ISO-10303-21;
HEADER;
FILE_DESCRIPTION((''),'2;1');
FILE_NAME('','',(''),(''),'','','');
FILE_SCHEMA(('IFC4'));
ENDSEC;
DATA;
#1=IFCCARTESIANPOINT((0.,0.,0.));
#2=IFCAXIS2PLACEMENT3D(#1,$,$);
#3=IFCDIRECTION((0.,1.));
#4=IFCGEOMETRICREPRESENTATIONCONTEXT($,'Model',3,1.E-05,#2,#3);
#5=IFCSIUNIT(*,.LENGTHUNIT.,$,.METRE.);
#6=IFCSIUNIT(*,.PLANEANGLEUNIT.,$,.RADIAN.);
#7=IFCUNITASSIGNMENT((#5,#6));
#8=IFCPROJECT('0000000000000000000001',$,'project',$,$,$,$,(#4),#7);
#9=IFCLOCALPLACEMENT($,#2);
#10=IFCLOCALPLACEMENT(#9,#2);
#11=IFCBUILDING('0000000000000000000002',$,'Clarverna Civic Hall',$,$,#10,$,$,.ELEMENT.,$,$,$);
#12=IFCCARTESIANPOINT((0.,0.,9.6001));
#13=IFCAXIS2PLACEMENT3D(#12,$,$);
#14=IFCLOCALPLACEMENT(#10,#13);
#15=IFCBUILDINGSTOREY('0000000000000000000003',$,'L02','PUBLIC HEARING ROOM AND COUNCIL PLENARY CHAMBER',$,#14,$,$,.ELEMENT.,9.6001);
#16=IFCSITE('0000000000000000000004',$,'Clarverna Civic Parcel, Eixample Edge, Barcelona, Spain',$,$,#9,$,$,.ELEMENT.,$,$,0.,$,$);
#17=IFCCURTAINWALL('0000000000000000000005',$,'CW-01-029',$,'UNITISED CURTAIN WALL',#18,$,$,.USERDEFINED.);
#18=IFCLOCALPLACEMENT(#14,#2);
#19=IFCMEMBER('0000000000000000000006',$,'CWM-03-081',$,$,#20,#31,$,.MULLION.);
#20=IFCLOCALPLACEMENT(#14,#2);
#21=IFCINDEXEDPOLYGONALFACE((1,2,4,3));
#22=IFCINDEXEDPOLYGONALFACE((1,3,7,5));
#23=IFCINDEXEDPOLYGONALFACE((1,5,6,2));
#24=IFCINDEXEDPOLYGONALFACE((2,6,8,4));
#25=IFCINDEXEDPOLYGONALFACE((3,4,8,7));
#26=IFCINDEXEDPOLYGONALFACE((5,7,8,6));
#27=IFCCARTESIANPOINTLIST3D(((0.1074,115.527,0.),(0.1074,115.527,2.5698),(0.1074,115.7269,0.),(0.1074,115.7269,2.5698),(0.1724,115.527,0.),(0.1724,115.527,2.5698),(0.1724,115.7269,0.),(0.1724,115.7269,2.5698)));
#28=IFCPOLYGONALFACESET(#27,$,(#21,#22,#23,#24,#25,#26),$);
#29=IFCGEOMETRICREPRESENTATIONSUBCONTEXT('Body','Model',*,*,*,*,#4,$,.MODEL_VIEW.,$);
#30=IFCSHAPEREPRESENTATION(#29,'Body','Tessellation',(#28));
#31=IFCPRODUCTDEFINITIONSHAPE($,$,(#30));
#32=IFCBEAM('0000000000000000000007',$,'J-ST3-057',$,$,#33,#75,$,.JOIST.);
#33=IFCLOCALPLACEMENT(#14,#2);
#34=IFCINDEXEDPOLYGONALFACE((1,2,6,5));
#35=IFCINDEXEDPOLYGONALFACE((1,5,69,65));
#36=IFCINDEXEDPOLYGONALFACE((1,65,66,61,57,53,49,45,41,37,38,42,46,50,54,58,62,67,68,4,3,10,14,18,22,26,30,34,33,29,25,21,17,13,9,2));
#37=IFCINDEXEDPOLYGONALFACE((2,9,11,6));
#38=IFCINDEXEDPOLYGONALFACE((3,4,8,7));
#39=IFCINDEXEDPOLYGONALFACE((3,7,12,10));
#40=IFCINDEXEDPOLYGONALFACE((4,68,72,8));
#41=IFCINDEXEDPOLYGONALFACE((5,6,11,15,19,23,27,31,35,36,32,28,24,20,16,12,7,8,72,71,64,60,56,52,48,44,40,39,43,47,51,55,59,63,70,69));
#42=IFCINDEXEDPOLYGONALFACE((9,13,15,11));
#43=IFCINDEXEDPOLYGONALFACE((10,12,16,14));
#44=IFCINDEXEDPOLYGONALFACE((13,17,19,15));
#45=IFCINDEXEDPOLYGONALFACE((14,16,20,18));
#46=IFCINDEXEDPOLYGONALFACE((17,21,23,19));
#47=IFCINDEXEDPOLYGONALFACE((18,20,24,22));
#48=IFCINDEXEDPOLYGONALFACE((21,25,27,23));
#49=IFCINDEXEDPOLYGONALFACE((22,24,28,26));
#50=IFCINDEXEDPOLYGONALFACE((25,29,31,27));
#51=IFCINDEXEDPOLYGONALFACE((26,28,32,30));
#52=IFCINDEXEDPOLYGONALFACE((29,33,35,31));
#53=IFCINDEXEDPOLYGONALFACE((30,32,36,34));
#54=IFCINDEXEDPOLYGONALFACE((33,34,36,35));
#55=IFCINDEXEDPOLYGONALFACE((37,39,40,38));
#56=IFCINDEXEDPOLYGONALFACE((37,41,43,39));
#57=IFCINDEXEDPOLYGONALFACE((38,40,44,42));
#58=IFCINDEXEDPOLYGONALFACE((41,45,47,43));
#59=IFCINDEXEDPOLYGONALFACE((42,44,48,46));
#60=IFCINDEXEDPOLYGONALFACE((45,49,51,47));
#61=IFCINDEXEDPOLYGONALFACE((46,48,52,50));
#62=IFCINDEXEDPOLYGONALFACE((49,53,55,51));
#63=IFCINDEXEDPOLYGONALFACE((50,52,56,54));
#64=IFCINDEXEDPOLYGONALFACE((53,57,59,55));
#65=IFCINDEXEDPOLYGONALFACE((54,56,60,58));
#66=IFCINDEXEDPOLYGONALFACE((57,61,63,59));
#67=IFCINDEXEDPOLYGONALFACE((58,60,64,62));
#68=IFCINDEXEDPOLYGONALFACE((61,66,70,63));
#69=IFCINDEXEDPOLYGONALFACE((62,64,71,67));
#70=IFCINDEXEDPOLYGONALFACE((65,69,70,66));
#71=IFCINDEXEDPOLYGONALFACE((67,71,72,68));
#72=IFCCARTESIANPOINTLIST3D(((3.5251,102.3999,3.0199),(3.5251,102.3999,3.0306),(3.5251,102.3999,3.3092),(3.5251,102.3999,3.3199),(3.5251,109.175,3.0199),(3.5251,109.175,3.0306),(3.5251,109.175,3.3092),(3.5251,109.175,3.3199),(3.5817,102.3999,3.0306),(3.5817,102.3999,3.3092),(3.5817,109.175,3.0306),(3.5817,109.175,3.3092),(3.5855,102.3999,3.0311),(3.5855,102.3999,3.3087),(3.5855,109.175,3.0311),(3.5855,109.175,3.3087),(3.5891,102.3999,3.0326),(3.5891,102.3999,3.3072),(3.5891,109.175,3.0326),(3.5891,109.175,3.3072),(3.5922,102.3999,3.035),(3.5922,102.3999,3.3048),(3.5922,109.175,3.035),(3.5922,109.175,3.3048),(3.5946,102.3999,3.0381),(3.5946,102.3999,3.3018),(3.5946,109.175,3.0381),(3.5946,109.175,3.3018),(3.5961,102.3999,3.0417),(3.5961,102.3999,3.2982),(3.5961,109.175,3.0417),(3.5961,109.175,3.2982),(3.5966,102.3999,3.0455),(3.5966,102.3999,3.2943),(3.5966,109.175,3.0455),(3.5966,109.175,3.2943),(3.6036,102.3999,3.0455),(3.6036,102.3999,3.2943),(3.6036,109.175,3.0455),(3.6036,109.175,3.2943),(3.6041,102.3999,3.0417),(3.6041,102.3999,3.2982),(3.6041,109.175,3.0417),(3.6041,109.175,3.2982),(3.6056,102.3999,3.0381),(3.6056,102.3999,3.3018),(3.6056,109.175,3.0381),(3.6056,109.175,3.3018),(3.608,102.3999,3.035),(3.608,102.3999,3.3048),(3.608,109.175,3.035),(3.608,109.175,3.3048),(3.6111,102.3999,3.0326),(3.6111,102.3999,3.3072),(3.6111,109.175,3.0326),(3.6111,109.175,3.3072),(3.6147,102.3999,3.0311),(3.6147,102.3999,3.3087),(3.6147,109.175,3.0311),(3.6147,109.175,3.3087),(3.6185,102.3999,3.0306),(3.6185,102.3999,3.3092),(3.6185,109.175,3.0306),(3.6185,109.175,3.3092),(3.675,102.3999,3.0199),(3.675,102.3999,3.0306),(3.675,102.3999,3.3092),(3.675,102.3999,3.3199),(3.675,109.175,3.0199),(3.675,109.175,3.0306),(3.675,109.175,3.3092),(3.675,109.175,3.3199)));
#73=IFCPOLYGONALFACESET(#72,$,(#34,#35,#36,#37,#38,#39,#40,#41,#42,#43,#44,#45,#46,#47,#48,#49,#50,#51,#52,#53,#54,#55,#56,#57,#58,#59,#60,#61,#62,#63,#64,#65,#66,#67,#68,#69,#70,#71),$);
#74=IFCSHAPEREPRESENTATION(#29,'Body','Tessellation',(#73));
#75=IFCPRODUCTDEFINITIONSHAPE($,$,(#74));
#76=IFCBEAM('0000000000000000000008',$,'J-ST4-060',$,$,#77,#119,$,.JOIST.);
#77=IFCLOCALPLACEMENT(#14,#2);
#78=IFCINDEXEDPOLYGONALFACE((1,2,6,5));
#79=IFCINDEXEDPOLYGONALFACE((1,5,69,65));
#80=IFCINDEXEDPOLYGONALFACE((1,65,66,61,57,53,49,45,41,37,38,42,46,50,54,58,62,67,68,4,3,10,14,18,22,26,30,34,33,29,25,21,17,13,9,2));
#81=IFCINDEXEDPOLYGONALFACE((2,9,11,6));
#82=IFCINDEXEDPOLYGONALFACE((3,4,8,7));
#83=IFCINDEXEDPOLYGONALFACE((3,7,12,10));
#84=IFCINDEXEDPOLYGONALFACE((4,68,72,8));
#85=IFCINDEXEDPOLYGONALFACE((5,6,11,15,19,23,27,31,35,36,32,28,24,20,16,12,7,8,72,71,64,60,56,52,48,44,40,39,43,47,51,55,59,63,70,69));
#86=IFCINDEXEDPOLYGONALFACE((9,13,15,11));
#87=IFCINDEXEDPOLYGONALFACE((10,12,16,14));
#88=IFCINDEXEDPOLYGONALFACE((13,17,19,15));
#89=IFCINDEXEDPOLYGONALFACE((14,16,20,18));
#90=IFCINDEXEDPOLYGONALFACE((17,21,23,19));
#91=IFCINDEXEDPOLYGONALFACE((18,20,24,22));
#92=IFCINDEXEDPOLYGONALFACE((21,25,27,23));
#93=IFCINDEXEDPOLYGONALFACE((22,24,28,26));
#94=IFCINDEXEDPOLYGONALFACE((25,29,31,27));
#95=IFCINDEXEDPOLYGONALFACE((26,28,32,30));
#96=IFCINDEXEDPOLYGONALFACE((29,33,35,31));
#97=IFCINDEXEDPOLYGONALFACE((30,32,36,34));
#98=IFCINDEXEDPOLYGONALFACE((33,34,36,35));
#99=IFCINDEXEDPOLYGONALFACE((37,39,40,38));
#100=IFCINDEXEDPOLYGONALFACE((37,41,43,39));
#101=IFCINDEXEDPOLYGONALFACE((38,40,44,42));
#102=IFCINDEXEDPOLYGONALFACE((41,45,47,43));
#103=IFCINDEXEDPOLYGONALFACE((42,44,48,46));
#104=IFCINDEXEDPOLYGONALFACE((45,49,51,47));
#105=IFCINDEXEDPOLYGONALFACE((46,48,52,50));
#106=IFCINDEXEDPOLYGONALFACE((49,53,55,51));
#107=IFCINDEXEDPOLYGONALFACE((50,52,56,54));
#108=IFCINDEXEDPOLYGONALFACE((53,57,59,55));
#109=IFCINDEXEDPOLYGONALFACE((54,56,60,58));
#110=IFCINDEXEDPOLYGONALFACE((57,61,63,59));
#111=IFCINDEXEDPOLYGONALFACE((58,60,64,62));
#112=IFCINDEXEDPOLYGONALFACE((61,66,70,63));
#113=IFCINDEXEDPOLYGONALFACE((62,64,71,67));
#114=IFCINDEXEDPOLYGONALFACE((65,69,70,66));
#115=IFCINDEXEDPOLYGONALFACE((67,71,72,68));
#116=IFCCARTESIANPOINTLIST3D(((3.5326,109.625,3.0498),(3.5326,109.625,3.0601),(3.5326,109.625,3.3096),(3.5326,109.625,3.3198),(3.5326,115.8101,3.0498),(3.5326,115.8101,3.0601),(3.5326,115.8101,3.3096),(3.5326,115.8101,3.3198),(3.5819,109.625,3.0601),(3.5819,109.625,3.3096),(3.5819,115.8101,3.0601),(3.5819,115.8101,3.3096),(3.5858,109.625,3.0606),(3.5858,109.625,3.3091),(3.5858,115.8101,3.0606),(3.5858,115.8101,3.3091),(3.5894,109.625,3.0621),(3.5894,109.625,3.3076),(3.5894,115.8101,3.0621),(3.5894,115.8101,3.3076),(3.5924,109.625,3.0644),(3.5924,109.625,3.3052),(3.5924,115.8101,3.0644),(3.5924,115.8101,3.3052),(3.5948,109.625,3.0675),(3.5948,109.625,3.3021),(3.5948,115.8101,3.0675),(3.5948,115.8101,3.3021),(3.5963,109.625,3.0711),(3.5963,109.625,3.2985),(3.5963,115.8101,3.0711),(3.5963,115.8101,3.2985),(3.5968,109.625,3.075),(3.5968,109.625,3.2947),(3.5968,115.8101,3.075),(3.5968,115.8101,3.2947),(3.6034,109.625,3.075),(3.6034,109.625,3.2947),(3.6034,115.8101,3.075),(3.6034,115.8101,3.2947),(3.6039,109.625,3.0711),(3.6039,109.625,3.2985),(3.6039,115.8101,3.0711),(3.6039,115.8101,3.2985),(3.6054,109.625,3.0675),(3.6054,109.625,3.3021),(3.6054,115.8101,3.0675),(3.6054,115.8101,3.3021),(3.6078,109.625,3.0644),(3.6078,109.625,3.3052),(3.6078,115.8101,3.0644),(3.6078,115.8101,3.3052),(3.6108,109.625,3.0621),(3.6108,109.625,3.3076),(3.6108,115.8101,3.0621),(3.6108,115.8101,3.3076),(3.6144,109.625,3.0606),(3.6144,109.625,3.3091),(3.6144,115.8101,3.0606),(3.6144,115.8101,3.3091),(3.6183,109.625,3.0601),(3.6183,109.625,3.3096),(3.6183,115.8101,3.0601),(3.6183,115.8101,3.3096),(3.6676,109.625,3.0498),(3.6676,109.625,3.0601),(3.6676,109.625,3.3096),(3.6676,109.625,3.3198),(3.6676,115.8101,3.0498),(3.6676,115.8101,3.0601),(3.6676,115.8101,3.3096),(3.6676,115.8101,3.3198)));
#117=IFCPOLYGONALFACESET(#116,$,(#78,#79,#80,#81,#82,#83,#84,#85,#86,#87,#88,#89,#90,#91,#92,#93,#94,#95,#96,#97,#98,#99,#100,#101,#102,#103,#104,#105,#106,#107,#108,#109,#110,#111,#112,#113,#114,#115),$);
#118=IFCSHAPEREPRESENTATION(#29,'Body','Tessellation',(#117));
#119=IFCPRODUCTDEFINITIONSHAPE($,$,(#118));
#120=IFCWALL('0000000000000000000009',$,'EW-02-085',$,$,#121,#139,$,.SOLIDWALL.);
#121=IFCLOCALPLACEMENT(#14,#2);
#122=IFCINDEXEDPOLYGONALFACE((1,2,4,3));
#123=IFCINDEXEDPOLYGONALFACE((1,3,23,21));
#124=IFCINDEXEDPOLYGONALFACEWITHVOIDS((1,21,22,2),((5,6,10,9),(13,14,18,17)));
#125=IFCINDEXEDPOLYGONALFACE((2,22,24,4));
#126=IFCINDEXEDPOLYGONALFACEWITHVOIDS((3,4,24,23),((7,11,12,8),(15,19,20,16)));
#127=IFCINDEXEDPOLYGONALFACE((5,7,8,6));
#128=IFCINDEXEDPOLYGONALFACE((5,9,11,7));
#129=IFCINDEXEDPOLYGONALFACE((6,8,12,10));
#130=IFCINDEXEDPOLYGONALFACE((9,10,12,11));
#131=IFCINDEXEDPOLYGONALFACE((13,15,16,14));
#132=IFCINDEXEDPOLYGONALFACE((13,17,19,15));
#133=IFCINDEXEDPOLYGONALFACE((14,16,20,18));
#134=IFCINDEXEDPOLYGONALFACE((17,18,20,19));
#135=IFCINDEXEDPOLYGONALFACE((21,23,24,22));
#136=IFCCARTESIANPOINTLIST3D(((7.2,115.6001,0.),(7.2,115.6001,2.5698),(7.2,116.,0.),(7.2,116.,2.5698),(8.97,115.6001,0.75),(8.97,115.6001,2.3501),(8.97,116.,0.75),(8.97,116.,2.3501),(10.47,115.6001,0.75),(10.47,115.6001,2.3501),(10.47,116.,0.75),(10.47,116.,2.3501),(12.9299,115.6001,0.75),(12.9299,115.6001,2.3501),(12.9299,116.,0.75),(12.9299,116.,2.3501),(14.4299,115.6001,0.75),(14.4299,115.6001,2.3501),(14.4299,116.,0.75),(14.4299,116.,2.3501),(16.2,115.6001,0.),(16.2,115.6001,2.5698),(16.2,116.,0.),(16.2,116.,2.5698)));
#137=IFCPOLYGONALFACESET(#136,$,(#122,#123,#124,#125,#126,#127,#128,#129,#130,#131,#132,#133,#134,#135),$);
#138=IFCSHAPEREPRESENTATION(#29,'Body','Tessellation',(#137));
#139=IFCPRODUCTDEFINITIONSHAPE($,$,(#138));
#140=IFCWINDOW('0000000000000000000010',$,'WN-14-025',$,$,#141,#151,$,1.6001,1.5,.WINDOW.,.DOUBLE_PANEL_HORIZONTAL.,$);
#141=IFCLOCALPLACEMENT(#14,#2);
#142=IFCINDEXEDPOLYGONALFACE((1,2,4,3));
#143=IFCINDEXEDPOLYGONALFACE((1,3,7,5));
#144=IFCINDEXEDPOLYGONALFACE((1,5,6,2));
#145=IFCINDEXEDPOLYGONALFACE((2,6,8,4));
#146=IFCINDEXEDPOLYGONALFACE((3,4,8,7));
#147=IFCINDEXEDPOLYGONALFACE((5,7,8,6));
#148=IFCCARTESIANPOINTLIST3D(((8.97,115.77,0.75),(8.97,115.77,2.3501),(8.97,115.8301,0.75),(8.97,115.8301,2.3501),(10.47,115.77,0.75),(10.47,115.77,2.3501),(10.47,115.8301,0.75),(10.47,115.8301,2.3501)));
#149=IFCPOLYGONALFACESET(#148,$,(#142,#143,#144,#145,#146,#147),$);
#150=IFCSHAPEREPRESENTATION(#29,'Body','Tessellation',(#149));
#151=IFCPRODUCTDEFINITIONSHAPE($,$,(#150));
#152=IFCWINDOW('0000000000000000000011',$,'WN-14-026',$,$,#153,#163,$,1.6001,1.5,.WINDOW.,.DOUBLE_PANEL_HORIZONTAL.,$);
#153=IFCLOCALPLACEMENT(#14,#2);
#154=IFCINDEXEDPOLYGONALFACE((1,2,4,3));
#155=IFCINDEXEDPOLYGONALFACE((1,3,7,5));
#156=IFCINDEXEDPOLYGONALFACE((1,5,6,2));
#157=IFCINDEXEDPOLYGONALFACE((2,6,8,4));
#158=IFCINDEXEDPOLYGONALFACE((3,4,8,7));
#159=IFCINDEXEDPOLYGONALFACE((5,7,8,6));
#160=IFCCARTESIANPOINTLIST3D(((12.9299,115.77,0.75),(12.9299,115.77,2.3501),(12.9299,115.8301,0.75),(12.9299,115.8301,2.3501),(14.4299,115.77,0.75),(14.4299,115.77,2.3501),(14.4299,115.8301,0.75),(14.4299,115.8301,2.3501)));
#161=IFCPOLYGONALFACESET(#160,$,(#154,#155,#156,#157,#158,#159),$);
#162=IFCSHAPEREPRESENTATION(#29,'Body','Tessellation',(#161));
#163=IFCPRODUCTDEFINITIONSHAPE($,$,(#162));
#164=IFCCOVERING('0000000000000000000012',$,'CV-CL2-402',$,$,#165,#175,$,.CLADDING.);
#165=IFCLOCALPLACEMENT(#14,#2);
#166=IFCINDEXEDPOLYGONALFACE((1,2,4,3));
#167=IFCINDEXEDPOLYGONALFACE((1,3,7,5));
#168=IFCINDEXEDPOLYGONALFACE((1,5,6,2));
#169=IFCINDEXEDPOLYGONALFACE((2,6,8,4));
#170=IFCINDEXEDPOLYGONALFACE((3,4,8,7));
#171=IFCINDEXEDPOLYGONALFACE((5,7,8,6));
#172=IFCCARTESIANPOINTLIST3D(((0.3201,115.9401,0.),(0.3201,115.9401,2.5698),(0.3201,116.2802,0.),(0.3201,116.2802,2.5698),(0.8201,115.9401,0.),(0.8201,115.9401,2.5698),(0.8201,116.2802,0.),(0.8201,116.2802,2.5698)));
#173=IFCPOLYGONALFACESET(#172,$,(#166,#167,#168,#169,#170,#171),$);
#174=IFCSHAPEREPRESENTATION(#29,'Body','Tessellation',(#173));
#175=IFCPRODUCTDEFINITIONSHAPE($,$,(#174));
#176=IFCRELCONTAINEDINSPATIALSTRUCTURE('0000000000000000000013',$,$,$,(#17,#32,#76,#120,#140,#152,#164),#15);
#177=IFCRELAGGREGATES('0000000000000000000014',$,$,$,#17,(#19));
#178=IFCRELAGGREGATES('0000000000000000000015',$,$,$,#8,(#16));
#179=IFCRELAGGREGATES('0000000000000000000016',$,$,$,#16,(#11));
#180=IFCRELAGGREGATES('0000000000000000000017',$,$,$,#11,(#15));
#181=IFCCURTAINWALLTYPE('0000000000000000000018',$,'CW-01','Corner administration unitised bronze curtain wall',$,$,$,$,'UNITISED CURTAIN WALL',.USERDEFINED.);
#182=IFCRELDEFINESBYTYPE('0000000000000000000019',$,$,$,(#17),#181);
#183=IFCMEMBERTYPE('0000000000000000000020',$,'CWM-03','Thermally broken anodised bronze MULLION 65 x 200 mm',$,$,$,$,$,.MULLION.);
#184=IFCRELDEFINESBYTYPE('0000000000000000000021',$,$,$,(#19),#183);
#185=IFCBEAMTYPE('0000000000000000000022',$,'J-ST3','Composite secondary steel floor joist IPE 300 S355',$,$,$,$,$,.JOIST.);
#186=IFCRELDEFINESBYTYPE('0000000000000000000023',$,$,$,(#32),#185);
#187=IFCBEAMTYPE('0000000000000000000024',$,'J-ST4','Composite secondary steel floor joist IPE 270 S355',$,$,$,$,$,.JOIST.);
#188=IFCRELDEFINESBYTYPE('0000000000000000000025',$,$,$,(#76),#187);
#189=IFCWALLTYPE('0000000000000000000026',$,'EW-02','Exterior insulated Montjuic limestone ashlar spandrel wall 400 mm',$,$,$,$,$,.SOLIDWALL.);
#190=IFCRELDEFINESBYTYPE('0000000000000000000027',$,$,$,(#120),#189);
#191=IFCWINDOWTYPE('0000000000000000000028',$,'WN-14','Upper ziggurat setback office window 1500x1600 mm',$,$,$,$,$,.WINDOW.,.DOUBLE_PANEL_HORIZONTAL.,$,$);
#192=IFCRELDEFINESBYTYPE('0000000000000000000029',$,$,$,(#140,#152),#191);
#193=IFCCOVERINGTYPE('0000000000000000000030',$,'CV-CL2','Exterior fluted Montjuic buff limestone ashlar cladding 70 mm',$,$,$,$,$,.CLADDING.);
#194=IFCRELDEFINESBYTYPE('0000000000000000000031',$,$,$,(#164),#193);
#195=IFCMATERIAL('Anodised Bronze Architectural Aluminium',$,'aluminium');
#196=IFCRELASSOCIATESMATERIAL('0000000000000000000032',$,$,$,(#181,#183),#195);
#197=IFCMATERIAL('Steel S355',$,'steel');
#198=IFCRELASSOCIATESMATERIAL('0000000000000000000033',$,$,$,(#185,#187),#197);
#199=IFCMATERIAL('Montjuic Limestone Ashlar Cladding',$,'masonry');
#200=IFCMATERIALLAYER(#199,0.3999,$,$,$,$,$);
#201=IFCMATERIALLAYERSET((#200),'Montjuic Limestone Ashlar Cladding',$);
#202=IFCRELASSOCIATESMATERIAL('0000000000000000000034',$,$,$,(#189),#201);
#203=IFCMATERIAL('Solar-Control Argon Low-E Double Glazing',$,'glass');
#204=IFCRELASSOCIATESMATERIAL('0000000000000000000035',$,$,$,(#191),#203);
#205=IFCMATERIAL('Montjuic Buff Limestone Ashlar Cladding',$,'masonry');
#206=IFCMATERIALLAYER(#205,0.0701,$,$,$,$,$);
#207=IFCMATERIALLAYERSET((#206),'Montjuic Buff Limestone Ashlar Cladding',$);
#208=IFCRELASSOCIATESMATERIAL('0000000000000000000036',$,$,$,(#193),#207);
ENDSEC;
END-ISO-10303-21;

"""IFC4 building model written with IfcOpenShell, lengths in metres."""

from ifc_helpers import new_model, si_unit, direction, frame, frame_2d, origin, origin_2d, place, context, subcontext, project, spatial, rectangle, i_section, extrude, material, layer, layer_set, material_profile, profile_set, type_object, element, fill, aggregate, save


model = new_model("IFC4")

# Units and contexts
model_context = context("Model", 3, precision=1e-05, world=origin(), true_north=direction((0.0, 1.0)))
body_context = subcontext(model_context, "Body", "Model", "MODEL_VIEW")
ifc_project = project(units=[si_unit("LENGTHUNIT", "METRE"), si_unit("PLANEANGLEUNIT", "RADIAN")], contexts=[model_context])

# Site, building, storey
site_placement = place(None, origin())
site = spatial("IfcSite", under=ifc_project, at=site_placement, Name="Clarverna Civic Parcel, Eixample Edge, Barcelona, Spain", CompositionType="ELEMENT", RefElevation=0.0)
building_placement = place(site_placement, origin())
building = spatial("IfcBuilding", under=site, at=building_placement, Name="Clarverna Civic Hall", CompositionType="ELEMENT")
storey_placement = place(building_placement, frame((0.0, 0.0, 9.6001)))
storey = spatial("IfcBuildingStorey", under=building, at=storey_placement, Name="L02", Description="PUBLIC HEARING ROOM AND COUNCIL PLENARY CHAMBER", CompositionType="ELEMENT", Elevation=9.6001)

# Shared definitions
ifc_material_1 = material(Name="Steel S355", Category="steel")

# Curtain wall, member
ifc_material_2 = material(Name="Anodised Bronze Architectural Aluminium", Category="aluminium")
curtain_wall_type = type_object("IfcCurtainWallType", Name="CW-01", Description="Corner administration unitised bronze curtain wall", ElementType="UNITISED CURTAIN WALL", PredefinedType="USERDEFINED", material=ifc_material_2)
curtain_wall_placement = place(storey_placement, origin())
curtain_wall = element("IfcCurtainWall", 1, at=curtain_wall_placement, inside=storey, type_object=curtain_wall_type, Name="CW-01-029", ObjectType="UNITISED CURTAIN WALL", PredefinedType="USERDEFINED")
ifc_material_profile_1 = material_profile(ifc_material_2, rectangle(XDim=0.0649, YDim=0.2, at=origin_2d()), Name="BRONZE 65x200")
ifc_profile_set_1 = profile_set([ifc_material_profile_1], Name="Anodised Bronze Architectural Aluminium")
member_type = type_object("IfcMemberType", Name="CWM-03", Description="Thermally broken anodised bronze MULLION 65 x 200 mm", PredefinedType="MULLION", material=ifc_profile_set_1)
member_placement = place(storey_placement, frame((0.1399, 115.627, 0.0), z_axis=(0.0, 0.0, 1.0), x_axis=(1.0, 0.0, 0.0)))
member = element("IfcMember", 2, at=member_placement, type_object=member_type, Name="CWM-03-081", PredefinedType="MULLION", context=body_context, shape_type="SweptSolid", body=[
    extrude(rectangle(XDim=0.0649, YDim=0.2, at=origin_2d()), origin(), (0.0, 0.0, 1.0), 2.5698),
])
aggregate(curtain_wall, [member])

# Beams
ifc_material_profile_2 = material_profile(ifc_material_1, i_section(OverallWidth=0.1499, OverallDepth=0.3, WebThickness=0.0071, FlangeThickness=0.0107, FilletRadius=0.0149, at=origin_2d()), Name="IPE 300")
ifc_profile_set_2 = profile_set([ifc_material_profile_2], Name="Steel S355")
beam_type_1 = type_object("IfcBeamType", Name="J-ST3", Description="Composite secondary steel floor joist IPE 300 S355", PredefinedType="JOIST", material=ifc_profile_set_2)
beam_1_placement = place(storey_placement, frame((3.6001, 102.3999, 3.1699), z_axis=(0.0, 1.0, 0.0), x_axis=(-1.0, 0.0, 0.0)))
element("IfcBeam", 3, at=beam_1_placement, inside=storey, type_object=beam_type_1, Name="J-ST3-057", PredefinedType="JOIST", context=body_context, shape_type="SweptSolid", body=[
    extrude(i_section(OverallWidth=0.1499, OverallDepth=0.3, WebThickness=0.0071, FlangeThickness=0.0107, FilletRadius=0.0149, at=origin_2d()), origin(), (0.0, 0.0, 1.0), 6.7751),
])
ifc_material_profile_3 = material_profile(ifc_material_1, i_section(OverallWidth=0.135, OverallDepth=0.27, WebThickness=0.0066, FlangeThickness=0.0103, FilletRadius=0.0149, at=origin_2d()), Name="IPE 270")
ifc_profile_set_3 = profile_set([ifc_material_profile_3], Name="Steel S355")
beam_type_2 = type_object("IfcBeamType", Name="J-ST4", Description="Composite secondary steel floor joist IPE 270 S355", PredefinedType="JOIST", material=ifc_profile_set_3)
beam_2_placement = place(storey_placement, frame((3.6001, 109.625, 3.1848), z_axis=(0.0, 1.0, 0.0), x_axis=(-1.0, 0.0, 0.0)))
element("IfcBeam", 4, at=beam_2_placement, inside=storey, type_object=beam_type_2, Name="J-ST4-060", PredefinedType="JOIST", context=body_context, shape_type="SweptSolid", body=[
    extrude(i_section(OverallWidth=0.135, OverallDepth=0.27, WebThickness=0.0066, FlangeThickness=0.0103, FilletRadius=0.0149, at=origin_2d()), origin(), (0.0, 0.0, 1.0), 6.1851),
])

# Wall, openings, windows
ifc_material_3 = material(Name="Montjuic Limestone Ashlar Cladding", Category="masonry")
ifc_layer_1 = layer(ifc_material_3, 0.3999)
ifc_layer_set_1 = layer_set([ifc_layer_1], Name="Montjuic Limestone Ashlar Cladding")
wall_type = type_object("IfcWallType", Name="EW-02", Description="Exterior insulated Montjuic limestone ashlar spandrel wall 400 mm", PredefinedType="SOLIDWALL", material=ifc_layer_set_1)
wall_placement = place(storey_placement, frame((7.2, 115.8, 0.0), z_axis=(0.0, 0.0, 1.0), x_axis=(1.0, 0.0, 0.0)))
wall = element("IfcWall", 5, at=wall_placement, inside=storey, type_object=wall_type, Name="EW-02-085", PredefinedType="SOLIDWALL", context=body_context, shape_type="SweptSolid", body=[
    extrude(rectangle(XDim=9.0, YDim=0.3999, at=frame_2d((4.5, 0.0))), origin(), (0.0, 0.0, 1.0), 2.5698),
])
opening_1_placement = place(wall_placement, frame((1.77, 0.0, 0.75)))
opening_1 = element("IfcOpeningElement", 6, at=opening_1_placement, cuts=wall, PredefinedType="OPENING", context=body_context, shape_type="SweptSolid", body=[
    extrude(rectangle(XDim=1.5, YDim=1.6001, at=frame_2d((0.75, 0.8))), frame((0.0, 0.21, 0.0), z_axis=(0.0, -1.0, 0.0), x_axis=(1.0, 0.0, 0.0)), (0.0, 0.0, 1.0), 0.4199),
])
opening_2_placement = place(wall_placement, frame((5.73, 0.0, 0.75)))
opening_2 = element("IfcOpeningElement", 7, at=opening_2_placement, cuts=wall, PredefinedType="OPENING", context=body_context, shape_type="SweptSolid", body=[
    extrude(rectangle(XDim=1.5, YDim=1.6001, at=frame_2d((0.75, 0.8))), frame((0.0, 0.21, 0.0), z_axis=(0.0, -1.0, 0.0), x_axis=(1.0, 0.0, 0.0)), (0.0, 0.0, 1.0), 0.4199),
])
ifc_material_4 = material(Name="Solar-Control Argon Low-E Double Glazing", Category="glass")
window_type = type_object("IfcWindowType", Name="WN-14", Description="Upper ziggurat setback office window 1500x1600 mm", PartitioningType="DOUBLE_PANEL_HORIZONTAL", PredefinedType="WINDOW", material=ifc_material_4)
window_1_placement = place(opening_1_placement, origin())
window_1 = element("IfcWindow", 8, at=window_1_placement, inside=storey, type_object=window_type, Name="WN-14-025", OverallHeight=1.6001, OverallWidth=1.5, PartitioningType="DOUBLE_PANEL_HORIZONTAL", PredefinedType="WINDOW", context=body_context, shape_type="SweptSolid", body=[
    extrude(rectangle(XDim=1.5, YDim=1.6001, at=frame_2d((0.75, 0.8))), frame((0.0, 0.03, 0.0), z_axis=(0.0, -1.0, 0.0), x_axis=(1.0, 0.0, 0.0)), (0.0, 0.0, 1.0), 0.0601),
])
fill(opening_1, window_1)
window_2_placement = place(opening_2_placement, origin())
window_2 = element("IfcWindow", 9, at=window_2_placement, inside=storey, type_object=window_type, Name="WN-14-026", OverallHeight=1.6001, OverallWidth=1.5, PartitioningType="DOUBLE_PANEL_HORIZONTAL", PredefinedType="WINDOW", context=body_context, shape_type="SweptSolid", body=[
    extrude(rectangle(XDim=1.5, YDim=1.6001, at=frame_2d((0.75, 0.8))), frame((0.0, 0.03, 0.0), z_axis=(0.0, -1.0, 0.0), x_axis=(1.0, 0.0, 0.0)), (0.0, 0.0, 1.0), 0.0601),
])
fill(opening_2, window_2)

# Covering
ifc_material_5 = material(Name="Montjuic Buff Limestone Ashlar Cladding", Category="masonry")
ifc_layer_2 = layer(ifc_material_5, 0.0701)
ifc_layer_set_2 = layer_set([ifc_layer_2], Name="Montjuic Buff Limestone Ashlar Cladding")
covering_type = type_object("IfcCoveringType", Name="CV-CL2", Description="Exterior fluted Montjuic buff limestone ashlar cladding 70 mm", PredefinedType="CLADDING", material=ifc_layer_set_2)
for number, where, z_axis, x_axis, name in (
    (10, (0.3201, 116.1101, 0.0), (0.0, 0.0, 1.0), (1.0, 0.0, 0.0), "CV-CL2-402"),
):
    element("IfcCovering", number, at=place(storey_placement, frame(where, z_axis=z_axis, x_axis=x_axis)), inside=storey, type_object=covering_type, Name=name, PredefinedType="CLADDING", context=body_context, shape_type="SweptSolid", body=[
        extrude(rectangle(XDim=0.5, YDim=0.3401, at=frame_2d((0.25, 0.0))), origin(), (0.0, 0.0, 1.0), 2.5698),
    ])

save(model, "model.ifc")
